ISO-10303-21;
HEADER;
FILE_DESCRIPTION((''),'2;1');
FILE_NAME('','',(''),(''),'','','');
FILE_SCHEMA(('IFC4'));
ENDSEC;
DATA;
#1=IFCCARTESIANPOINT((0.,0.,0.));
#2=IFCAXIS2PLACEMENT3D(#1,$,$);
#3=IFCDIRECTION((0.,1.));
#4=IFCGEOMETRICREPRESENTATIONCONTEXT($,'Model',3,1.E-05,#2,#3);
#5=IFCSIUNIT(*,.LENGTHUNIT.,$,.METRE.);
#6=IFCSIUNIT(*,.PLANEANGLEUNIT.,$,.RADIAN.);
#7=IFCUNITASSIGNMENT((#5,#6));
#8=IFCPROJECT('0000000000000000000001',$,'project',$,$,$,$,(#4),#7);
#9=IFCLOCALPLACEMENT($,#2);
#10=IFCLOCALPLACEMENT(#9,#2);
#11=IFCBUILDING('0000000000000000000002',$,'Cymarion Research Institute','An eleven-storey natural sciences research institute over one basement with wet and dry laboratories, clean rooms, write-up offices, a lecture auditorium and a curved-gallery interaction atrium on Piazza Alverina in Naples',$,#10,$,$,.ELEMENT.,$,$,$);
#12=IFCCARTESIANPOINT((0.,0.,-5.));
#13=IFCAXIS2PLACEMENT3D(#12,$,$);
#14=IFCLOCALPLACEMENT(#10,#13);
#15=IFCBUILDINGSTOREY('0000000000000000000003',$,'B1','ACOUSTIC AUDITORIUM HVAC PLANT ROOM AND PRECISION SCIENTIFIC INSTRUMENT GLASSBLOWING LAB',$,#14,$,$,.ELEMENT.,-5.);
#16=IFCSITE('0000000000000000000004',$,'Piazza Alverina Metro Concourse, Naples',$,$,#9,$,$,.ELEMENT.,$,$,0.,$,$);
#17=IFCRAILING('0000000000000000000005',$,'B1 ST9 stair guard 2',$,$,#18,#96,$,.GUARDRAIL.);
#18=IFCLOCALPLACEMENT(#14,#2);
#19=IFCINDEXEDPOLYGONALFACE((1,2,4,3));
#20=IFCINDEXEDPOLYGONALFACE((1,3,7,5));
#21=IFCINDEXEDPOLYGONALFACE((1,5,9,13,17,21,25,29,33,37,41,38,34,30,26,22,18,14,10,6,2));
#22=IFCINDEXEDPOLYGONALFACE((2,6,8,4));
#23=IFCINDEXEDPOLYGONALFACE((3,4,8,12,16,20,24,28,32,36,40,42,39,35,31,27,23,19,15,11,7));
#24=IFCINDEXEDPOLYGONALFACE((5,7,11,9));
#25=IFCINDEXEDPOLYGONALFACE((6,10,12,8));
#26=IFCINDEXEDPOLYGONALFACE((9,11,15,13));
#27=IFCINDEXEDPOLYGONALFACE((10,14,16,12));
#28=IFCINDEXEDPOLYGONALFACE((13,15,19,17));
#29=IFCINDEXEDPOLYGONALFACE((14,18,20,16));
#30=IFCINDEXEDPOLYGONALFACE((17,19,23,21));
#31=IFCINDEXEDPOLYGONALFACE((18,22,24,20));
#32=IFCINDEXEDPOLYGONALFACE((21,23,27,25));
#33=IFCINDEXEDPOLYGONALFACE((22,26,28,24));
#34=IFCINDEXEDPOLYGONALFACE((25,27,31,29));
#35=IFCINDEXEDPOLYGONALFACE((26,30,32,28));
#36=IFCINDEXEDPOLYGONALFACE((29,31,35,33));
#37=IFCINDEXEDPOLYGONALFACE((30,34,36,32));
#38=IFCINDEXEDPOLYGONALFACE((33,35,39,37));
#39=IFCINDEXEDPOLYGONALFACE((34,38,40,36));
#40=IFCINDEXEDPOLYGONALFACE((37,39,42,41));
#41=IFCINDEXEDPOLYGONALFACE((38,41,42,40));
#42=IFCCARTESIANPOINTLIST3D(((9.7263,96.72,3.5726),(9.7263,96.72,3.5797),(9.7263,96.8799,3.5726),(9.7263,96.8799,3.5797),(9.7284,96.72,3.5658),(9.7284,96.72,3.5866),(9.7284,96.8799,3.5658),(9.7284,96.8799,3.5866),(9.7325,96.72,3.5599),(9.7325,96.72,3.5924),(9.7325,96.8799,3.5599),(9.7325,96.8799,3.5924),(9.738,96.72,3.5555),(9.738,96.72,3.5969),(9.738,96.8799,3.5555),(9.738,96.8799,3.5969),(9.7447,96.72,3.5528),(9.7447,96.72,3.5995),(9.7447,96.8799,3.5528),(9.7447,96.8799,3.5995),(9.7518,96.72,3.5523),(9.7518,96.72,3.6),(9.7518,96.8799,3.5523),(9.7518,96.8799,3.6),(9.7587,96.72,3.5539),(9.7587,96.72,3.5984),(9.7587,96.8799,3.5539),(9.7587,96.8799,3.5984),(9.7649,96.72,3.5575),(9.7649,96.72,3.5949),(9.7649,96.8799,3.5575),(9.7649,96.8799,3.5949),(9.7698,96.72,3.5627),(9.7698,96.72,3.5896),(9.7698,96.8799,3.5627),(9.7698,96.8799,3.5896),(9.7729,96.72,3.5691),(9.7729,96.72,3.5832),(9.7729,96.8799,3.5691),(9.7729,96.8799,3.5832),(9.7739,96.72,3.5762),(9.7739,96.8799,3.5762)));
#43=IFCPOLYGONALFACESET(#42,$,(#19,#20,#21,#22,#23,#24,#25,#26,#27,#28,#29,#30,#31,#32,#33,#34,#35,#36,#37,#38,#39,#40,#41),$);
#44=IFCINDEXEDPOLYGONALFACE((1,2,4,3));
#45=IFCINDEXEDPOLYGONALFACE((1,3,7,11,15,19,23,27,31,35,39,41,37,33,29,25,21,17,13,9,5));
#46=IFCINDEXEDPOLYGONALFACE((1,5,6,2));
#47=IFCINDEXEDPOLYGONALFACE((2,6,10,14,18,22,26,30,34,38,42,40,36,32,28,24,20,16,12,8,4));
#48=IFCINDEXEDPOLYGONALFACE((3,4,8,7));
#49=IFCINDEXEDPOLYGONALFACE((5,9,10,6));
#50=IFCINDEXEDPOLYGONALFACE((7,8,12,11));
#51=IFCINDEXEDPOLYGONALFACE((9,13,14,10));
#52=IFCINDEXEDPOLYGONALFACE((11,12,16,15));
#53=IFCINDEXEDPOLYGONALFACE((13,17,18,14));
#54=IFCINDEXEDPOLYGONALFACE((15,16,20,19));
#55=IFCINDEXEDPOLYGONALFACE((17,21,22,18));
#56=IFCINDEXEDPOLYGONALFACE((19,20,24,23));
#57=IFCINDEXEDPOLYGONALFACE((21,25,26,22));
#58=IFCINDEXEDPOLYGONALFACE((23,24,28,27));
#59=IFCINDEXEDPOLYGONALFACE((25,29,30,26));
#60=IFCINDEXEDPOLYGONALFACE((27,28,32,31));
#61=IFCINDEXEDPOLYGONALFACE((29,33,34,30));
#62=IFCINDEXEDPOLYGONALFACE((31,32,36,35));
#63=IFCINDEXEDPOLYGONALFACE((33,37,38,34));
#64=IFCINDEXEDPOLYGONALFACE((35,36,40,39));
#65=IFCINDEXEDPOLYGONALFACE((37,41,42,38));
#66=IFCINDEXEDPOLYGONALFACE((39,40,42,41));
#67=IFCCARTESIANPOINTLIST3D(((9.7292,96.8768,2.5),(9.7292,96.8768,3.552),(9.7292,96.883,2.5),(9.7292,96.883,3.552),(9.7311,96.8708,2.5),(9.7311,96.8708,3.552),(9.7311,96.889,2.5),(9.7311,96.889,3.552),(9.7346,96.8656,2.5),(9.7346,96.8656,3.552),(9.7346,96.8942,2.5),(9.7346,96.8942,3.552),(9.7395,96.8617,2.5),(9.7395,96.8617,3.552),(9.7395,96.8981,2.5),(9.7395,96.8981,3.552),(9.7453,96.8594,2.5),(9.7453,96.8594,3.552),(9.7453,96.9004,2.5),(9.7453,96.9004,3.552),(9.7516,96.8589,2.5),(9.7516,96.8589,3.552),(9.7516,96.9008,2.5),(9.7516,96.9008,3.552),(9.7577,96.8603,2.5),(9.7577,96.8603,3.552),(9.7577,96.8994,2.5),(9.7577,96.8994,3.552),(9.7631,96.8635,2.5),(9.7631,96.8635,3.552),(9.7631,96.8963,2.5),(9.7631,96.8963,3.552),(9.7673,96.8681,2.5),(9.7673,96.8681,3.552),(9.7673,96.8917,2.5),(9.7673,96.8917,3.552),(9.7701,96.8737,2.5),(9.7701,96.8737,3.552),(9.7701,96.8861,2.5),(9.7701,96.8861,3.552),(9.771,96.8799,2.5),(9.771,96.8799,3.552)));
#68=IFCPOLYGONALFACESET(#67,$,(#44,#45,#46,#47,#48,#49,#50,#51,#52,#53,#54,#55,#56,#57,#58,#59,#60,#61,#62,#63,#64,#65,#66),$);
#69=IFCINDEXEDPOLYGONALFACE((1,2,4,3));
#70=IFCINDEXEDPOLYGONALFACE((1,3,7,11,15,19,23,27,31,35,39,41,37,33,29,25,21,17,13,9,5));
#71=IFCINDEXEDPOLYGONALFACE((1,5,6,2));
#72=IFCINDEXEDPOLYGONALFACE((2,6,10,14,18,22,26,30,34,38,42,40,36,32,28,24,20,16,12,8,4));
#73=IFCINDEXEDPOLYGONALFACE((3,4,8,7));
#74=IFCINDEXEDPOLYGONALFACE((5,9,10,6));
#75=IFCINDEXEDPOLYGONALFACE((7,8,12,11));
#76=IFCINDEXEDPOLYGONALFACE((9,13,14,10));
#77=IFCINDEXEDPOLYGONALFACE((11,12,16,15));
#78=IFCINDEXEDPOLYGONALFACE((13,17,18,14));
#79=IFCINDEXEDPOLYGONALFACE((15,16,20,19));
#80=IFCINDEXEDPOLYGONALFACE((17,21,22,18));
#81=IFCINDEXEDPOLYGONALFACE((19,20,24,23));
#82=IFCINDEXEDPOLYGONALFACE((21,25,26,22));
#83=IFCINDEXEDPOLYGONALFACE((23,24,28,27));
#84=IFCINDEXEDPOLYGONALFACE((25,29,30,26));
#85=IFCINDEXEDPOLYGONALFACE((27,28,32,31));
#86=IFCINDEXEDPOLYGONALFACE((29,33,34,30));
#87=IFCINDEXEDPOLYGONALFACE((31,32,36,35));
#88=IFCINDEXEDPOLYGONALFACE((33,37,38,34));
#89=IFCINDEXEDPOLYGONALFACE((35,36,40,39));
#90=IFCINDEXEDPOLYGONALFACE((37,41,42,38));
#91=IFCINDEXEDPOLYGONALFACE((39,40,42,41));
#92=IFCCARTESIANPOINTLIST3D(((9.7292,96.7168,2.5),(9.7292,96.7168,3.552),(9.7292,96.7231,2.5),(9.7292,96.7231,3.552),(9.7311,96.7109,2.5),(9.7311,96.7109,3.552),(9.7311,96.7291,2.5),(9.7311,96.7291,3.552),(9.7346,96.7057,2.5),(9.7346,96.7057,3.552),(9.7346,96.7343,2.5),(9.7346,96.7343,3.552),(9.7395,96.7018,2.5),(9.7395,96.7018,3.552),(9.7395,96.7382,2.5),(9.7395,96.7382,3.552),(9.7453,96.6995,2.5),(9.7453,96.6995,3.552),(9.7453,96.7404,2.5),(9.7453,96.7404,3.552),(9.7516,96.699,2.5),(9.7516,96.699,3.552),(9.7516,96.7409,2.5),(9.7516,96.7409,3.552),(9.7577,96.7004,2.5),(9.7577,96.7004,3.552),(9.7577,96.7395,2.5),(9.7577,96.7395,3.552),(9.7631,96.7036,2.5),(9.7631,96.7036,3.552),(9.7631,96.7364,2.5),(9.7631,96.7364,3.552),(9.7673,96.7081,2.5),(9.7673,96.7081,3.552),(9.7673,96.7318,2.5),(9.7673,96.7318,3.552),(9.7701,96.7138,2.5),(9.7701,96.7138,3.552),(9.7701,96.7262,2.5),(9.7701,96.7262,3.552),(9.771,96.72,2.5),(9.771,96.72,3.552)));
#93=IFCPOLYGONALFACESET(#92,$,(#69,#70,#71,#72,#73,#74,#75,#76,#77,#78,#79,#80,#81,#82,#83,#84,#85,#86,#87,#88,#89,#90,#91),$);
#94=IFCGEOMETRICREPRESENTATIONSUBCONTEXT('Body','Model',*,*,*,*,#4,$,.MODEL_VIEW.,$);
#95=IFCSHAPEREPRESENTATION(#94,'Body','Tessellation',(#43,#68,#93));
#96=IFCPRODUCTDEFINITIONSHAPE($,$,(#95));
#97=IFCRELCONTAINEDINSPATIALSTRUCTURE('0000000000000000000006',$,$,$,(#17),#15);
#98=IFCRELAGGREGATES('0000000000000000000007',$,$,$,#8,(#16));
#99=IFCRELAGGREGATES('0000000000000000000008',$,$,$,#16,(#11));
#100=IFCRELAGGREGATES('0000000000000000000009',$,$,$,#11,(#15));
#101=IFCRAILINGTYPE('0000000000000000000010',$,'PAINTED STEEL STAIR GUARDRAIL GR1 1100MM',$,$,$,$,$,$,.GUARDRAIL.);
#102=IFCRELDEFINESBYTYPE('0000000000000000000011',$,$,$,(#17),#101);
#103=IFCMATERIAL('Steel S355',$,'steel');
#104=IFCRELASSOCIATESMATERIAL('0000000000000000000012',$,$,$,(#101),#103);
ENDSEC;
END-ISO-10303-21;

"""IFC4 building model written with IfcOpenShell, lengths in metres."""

from ifc_helpers import new_model, si_unit, direction, frame, origin, origin_2d, place, context, subcontext, project, spatial, circle, extrude, material, type_object, element, save


model = new_model("IFC4")

# Units and contexts
model_context = context("Model", 3, precision=1e-05, world=origin(), true_north=direction((0.0, 1.0)))
body_context = subcontext(model_context, "Body", "Model", "MODEL_VIEW")
ifc_project = project(units=[si_unit("LENGTHUNIT", "METRE"), si_unit("PLANEANGLEUNIT", "RADIAN")], contexts=[model_context])

# Site, building, storey
site_placement = place(None, origin())
site = spatial("IfcSite", under=ifc_project, at=site_placement, Name="Piazza Alverina Metro Concourse, Naples", CompositionType="ELEMENT", RefElevation=0.0)
building_placement = place(site_placement, origin())
building = spatial("IfcBuilding", under=site, at=building_placement, Name="Cymarion Research Institute", Description="An eleven-storey natural sciences research institute over one basement with wet and dry laboratories, clean rooms, write-up offices, a lecture auditorium and a curved-gallery interaction atrium on Piazza Alverina in Naples", CompositionType="ELEMENT")
storey_placement = place(building_placement, frame((0.0, 0.0, -5.0)))
storey = spatial("IfcBuildingStorey", under=building, at=storey_placement, Name="B1", Description="ACOUSTIC AUDITORIUM HVAC PLANT ROOM AND PRECISION SCIENTIFIC INSTRUMENT GLASSBLOWING LAB", CompositionType="ELEMENT", Elevation=-5.0)

# Shared definitions
ifc_material_1 = material(Name="Steel S355", Category="steel")

# Railing
railing_type_1 = type_object("IfcRailingType", Name="PAINTED STEEL STAIR GUARDRAIL GR1 1100MM", PredefinedType="GUARDRAIL", material=ifc_material_1)
railing_1_placement = place(storey_placement, frame((9.75, 96.8799, 2.5)))
element("IfcRailing", 1, at=railing_1_placement, inside=storey, type_object=railing_type_1, Name="B1 ST9 stair guard 2", PredefinedType="GUARDRAIL", context=body_context, shape_type="SweptSolid", body=[
    extrude(circle(Radius=0.0239, at=origin_2d()), frame((0.0, 0.0, 1.0762), z_axis=(0.0, -1.0, 0.0), x_axis=(1.0, 0.0, 0.0)), (0.0, 0.0, 1.0), 0.1599),
    extrude(circle(Radius=0.021, at=origin_2d()), origin(), (0.0, 0.0, 1.0), 1.052),
    extrude(circle(Radius=0.021, at=origin_2d()), frame((0.0, -0.1599, 0.0)), (0.0, 0.0, 1.0), 1.052),
])

save(model, "model.ifc")
